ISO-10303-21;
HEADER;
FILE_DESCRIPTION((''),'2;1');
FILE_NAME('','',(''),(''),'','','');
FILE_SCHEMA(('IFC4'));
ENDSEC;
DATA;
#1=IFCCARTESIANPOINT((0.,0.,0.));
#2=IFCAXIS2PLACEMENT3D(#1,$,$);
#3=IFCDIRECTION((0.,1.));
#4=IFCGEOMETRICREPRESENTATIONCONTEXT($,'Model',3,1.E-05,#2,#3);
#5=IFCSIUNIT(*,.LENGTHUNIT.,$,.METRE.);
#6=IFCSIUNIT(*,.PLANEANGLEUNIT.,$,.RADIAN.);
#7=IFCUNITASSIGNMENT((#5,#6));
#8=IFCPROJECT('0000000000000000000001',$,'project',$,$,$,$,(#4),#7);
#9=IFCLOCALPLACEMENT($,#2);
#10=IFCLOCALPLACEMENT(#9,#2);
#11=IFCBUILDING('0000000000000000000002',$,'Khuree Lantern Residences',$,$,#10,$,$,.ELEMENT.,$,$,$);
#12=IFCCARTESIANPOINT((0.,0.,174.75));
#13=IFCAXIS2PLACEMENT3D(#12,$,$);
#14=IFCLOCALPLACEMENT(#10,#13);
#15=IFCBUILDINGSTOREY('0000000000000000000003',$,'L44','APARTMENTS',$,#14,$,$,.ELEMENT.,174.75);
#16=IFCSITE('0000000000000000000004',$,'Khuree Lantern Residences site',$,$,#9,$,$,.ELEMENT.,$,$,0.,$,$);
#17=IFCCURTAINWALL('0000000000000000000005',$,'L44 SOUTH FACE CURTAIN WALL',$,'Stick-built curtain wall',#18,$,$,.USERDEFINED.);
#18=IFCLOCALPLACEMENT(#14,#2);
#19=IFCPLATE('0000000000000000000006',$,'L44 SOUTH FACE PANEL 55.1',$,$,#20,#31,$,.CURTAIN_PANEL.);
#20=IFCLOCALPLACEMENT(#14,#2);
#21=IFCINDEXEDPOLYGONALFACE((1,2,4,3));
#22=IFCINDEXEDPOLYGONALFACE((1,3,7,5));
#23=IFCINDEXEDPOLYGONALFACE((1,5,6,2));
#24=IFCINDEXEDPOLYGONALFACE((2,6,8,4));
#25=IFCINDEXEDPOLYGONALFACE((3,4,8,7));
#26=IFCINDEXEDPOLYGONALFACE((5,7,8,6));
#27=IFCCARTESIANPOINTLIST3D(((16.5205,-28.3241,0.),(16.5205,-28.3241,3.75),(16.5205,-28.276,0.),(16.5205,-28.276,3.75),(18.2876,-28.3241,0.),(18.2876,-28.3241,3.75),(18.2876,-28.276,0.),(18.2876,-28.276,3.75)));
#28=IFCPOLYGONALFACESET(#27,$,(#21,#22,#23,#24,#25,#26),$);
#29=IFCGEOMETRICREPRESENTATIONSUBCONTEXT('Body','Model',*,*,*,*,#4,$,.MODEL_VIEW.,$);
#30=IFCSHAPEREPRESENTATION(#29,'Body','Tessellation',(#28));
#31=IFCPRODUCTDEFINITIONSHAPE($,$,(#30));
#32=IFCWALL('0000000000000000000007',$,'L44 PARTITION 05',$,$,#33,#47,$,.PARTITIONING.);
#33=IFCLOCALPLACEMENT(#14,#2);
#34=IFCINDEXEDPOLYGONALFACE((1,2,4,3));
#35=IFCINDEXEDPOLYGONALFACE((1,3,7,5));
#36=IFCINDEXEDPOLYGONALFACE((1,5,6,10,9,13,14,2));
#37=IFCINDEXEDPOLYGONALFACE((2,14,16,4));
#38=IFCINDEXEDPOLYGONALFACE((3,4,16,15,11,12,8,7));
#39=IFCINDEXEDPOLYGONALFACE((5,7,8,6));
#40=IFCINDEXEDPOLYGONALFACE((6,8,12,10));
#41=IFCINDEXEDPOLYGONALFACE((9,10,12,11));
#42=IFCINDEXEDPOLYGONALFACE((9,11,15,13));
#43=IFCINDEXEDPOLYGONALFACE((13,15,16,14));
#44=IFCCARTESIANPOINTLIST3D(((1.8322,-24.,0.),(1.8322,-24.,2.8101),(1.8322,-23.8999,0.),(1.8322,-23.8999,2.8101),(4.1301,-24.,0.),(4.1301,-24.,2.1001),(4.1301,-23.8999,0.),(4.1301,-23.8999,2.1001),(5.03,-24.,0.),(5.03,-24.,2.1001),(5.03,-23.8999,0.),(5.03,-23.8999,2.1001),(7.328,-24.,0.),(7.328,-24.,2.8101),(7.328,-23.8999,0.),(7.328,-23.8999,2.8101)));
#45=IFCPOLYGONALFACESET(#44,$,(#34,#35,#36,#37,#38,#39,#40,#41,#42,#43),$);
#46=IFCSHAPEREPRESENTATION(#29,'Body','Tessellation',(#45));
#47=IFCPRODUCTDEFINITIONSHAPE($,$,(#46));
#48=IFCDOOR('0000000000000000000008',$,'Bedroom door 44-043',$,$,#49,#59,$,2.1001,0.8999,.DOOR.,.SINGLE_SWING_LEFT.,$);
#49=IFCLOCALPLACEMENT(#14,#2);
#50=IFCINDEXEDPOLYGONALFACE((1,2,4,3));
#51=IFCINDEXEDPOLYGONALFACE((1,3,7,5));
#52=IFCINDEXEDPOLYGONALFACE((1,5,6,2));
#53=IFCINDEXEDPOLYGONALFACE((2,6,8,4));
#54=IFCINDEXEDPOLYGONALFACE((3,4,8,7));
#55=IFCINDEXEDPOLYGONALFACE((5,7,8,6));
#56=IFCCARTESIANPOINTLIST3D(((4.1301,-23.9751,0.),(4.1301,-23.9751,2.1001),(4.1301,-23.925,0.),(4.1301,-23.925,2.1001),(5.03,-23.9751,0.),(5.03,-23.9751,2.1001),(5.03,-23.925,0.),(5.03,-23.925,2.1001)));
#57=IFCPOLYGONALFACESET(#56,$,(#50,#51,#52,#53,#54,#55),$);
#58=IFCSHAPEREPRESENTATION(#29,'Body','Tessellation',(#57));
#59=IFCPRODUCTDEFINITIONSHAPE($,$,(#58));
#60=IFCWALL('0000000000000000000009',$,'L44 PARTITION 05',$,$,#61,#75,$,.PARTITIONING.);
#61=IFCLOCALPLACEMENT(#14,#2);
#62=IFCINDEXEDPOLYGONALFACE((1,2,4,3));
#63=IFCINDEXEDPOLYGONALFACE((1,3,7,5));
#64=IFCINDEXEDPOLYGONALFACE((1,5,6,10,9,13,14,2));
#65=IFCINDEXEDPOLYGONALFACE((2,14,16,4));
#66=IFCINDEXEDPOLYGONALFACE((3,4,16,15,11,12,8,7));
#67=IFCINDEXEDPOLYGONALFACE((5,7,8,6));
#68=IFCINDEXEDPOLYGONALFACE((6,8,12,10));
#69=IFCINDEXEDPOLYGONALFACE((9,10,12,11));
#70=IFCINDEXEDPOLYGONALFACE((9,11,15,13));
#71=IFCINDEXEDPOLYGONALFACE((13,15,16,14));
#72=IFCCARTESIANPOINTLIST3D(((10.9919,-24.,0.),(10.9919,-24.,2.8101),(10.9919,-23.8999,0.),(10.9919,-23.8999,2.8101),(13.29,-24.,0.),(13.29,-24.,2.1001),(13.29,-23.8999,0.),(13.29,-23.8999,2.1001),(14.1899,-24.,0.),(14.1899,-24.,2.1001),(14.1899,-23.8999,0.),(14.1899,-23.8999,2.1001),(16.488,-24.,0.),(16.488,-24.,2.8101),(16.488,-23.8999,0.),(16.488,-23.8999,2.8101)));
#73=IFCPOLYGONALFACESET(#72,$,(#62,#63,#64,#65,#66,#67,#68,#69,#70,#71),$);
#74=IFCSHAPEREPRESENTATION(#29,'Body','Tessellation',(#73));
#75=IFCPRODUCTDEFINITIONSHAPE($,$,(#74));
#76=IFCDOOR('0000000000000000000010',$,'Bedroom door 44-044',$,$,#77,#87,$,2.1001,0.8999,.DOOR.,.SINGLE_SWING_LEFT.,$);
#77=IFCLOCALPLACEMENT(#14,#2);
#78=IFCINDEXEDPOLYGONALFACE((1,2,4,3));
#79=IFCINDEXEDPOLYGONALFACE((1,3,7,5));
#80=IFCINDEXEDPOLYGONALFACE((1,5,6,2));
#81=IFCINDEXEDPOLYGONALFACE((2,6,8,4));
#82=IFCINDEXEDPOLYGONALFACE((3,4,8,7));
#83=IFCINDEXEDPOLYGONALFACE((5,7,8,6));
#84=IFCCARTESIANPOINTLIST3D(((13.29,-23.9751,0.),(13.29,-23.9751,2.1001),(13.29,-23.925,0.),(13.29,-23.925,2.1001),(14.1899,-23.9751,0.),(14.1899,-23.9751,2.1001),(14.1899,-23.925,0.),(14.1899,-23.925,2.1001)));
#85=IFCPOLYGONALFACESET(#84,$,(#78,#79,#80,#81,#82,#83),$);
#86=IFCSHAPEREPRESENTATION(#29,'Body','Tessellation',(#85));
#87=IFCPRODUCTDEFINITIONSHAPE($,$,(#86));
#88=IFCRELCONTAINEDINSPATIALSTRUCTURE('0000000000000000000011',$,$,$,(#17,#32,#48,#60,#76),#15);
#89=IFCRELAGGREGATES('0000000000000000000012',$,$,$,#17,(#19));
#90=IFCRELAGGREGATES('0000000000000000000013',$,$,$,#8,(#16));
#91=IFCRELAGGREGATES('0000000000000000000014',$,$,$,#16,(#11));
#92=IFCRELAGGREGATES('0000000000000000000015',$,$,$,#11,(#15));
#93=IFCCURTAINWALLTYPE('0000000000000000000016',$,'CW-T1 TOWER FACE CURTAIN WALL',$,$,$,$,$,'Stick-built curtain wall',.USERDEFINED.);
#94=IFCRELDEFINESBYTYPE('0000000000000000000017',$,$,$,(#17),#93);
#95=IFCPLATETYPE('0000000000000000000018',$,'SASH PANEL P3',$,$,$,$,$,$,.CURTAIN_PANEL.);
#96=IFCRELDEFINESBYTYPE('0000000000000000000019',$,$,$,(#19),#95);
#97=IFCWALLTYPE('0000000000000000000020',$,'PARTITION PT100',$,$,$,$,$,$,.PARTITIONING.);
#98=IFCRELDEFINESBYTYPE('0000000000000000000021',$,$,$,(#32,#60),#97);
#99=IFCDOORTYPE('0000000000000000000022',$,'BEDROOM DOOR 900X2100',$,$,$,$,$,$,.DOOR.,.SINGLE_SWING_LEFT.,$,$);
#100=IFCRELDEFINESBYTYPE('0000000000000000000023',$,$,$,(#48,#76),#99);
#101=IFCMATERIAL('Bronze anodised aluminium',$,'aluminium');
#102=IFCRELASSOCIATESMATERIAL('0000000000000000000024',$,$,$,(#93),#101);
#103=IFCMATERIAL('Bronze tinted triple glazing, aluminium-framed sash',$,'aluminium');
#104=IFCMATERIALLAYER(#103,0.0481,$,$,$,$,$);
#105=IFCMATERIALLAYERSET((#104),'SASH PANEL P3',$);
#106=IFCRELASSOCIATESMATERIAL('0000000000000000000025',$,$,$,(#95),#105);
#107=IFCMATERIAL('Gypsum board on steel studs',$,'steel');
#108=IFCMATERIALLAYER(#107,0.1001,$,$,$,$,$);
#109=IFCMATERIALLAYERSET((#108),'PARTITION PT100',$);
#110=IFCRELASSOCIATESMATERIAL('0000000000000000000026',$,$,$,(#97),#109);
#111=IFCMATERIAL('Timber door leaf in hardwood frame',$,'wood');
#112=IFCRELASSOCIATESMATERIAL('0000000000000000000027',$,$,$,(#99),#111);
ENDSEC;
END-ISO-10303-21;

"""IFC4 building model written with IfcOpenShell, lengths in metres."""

from ifc_helpers import new_model, si_unit, direction, frame, frame_2d, origin, origin_2d, place, context, subcontext, project, spatial, rectangle, extrude, material, layer, layer_set, type_object, element, fill, aggregate, save


model = new_model("IFC4")

# Units and contexts
model_context = context("Model", 3, precision=1e-05, world=origin(), true_north=direction((0.0, 1.0)))
body_context = subcontext(model_context, "Body", "Model", "MODEL_VIEW")
ifc_project = project(units=[si_unit("LENGTHUNIT", "METRE"), si_unit("PLANEANGLEUNIT", "RADIAN")], contexts=[model_context])

# Site, building, storey
site_placement = place(None, origin())
site = spatial("IfcSite", under=ifc_project, at=site_placement, Name="Khuree Lantern Residences site", CompositionType="ELEMENT", RefElevation=0.0)
building_placement = place(site_placement, origin())
building = spatial("IfcBuilding", under=site, at=building_placement, Name="Khuree Lantern Residences", CompositionType="ELEMENT")
storey_placement = place(building_placement, frame((0.0, 0.0, 174.75)))
storey = spatial("IfcBuildingStorey", under=building, at=storey_placement, Name="L44", Description="APARTMENTS", CompositionType="ELEMENT", Elevation=174.75)

# Curtain wall
ifc_material_1 = material(Name="Bronze anodised aluminium", Category="aluminium")
curtain_wall_type = type_object("IfcCurtainWallType", Name="CW-T1 TOWER FACE CURTAIN WALL", ElementType="Stick-built curtain wall", PredefinedType="USERDEFINED", material=ifc_material_1)
curtain_wall_placement = place(storey_placement, origin())
curtain_wall = element("IfcCurtainWall", 1, at=curtain_wall_placement, inside=storey, type_object=curtain_wall_type, Name="L44 SOUTH FACE CURTAIN WALL", ObjectType="Stick-built curtain wall", PredefinedType="USERDEFINED")

# Plate
ifc_material_2 = material(Name="Bronze tinted triple glazing, aluminium-framed sash", Category="aluminium")
ifc_layer_1 = layer(ifc_material_2, 0.0481)
ifc_layer_set_1 = layer_set([ifc_layer_1], Name="SASH PANEL P3")
plate_type_1 = type_object("IfcPlateType", Name="SASH PANEL P3", PredefinedType="CURTAIN_PANEL", material=ifc_layer_set_1)
plate_1_placement = place(storey_placement, frame((17.4041, -28.3, 0.0), z_axis=(0.0, 0.0, 1.0), x_axis=(1.0, 0.0, 0.0)))
plate_1 = element("IfcPlate", 2, at=plate_1_placement, type_object=plate_type_1, Name="L44 SOUTH FACE PANEL 55.1", PredefinedType="CURTAIN_PANEL", context=body_context, shape_type="SweptSolid", body=[
    extrude(rectangle(XDim=1.7671, YDim=0.0481, at=origin_2d()), origin(), (0.0, 0.0, 1.0), 3.75),
])
aggregate(curtain_wall, [plate_1])

# Walls, openings, doors
ifc_material_3 = material(Name="Gypsum board on steel studs", Category="steel")
ifc_layer_2 = layer(ifc_material_3, 0.1001)
ifc_layer_set_2 = layer_set([ifc_layer_2], Name="PARTITION PT100")
wall_type = type_object("IfcWallType", Name="PARTITION PT100", PredefinedType="PARTITIONING", material=ifc_layer_set_2)
wall_1_placement = place(storey_placement, frame((1.832, -23.95, 0.0), z_axis=(0.0, 0.0, 1.0), x_axis=(1.0, 0.0, 0.0)))
wall_1 = element("IfcWall", 3, at=wall_1_placement, inside=storey, type_object=wall_type, Name="L44 PARTITION 05", PredefinedType="PARTITIONING", context=body_context, shape_type="SweptSolid", body=[
    extrude(rectangle(XDim=5.4958, YDim=0.1001, at=frame_2d((2.748, 0.0))), origin(), (0.0, 0.0, 1.0), 2.8101),
])
opening_1_placement = place(wall_1_placement, frame((2.2981, 0.0, 0.0)))
opening_1 = element("IfcOpeningElement", 4, at=opening_1_placement, cuts=wall_1, PredefinedType="OPENING", context=body_context, shape_type="SweptSolid", body=[
    extrude(rectangle(XDim=0.8999, YDim=2.1001, at=frame_2d((0.45, 1.05))), frame((0.0, 0.0601, 0.0), z_axis=(0.0, -1.0, 0.0), x_axis=(1.0, 0.0, 0.0)), (0.0, 0.0, 1.0), 0.1201),
])
ifc_material_4 = material(Name="Timber door leaf in hardwood frame", Category="wood")
door_type = type_object("IfcDoorType", Name="BEDROOM DOOR 900X2100", OperationType="SINGLE_SWING_LEFT", PredefinedType="DOOR", material=ifc_material_4)
door_1_placement = place(opening_1_placement, origin())
door_1 = element("IfcDoor", 5, at=door_1_placement, inside=storey, type_object=door_type, Name="Bedroom door 44-043", OperationType="SINGLE_SWING_LEFT", OverallHeight=2.1001, OverallWidth=0.8999, PredefinedType="DOOR", context=body_context, shape_type="SweptSolid", body=[
    extrude(rectangle(XDim=0.8999, YDim=2.1001, at=frame_2d((0.45, 1.05))), frame((0.0, 0.0249, 0.0), z_axis=(0.0, -1.0, 0.0), x_axis=(1.0, 0.0, 0.0)), (0.0, 0.0, 1.0), 0.05),
])
fill(opening_1, door_1)
wall_2_placement = place(storey_placement, frame((10.9919, -23.95, 0.0), z_axis=(0.0, 0.0, 1.0), x_axis=(1.0, 0.0, 0.0)))
wall_2 = element("IfcWall", 6, at=wall_2_placement, inside=storey, type_object=wall_type, Name="L44 PARTITION 05", PredefinedType="PARTITIONING", context=body_context, shape_type="SweptSolid", body=[
    extrude(rectangle(XDim=5.4961, YDim=0.1001, at=frame_2d((2.748, 0.0))), origin(), (0.0, 0.0, 1.0), 2.8101),
])
opening_2_placement = place(wall_2_placement, frame((2.2981, 0.0, 0.0)))
opening_2 = element("IfcOpeningElement", 7, at=opening_2_placement, cuts=wall_2, PredefinedType="OPENING", context=body_context, shape_type="SweptSolid", body=[
    extrude(rectangle(XDim=0.8999, YDim=2.1001, at=frame_2d((0.45, 1.05))), frame((0.0, 0.0601, 0.0), z_axis=(0.0, -1.0, 0.0), x_axis=(1.0, 0.0, 0.0)), (0.0, 0.0, 1.0), 0.1201),
])
door_2_placement = place(opening_2_placement, origin())
door_2 = element("IfcDoor", 8, at=door_2_placement, inside=storey, type_object=door_type, Name="Bedroom door 44-044", OperationType="SINGLE_SWING_LEFT", OverallHeight=2.1001, OverallWidth=0.8999, PredefinedType="DOOR", context=body_context, shape_type="SweptSolid", body=[
    extrude(rectangle(XDim=0.8999, YDim=2.1001, at=frame_2d((0.45, 1.05))), frame((0.0, 0.0249, 0.0), z_axis=(0.0, -1.0, 0.0), x_axis=(1.0, 0.0, 0.0)), (0.0, 0.0, 1.0), 0.05),
])
fill(opening_2, door_2)

save(model, "model.ifc")
